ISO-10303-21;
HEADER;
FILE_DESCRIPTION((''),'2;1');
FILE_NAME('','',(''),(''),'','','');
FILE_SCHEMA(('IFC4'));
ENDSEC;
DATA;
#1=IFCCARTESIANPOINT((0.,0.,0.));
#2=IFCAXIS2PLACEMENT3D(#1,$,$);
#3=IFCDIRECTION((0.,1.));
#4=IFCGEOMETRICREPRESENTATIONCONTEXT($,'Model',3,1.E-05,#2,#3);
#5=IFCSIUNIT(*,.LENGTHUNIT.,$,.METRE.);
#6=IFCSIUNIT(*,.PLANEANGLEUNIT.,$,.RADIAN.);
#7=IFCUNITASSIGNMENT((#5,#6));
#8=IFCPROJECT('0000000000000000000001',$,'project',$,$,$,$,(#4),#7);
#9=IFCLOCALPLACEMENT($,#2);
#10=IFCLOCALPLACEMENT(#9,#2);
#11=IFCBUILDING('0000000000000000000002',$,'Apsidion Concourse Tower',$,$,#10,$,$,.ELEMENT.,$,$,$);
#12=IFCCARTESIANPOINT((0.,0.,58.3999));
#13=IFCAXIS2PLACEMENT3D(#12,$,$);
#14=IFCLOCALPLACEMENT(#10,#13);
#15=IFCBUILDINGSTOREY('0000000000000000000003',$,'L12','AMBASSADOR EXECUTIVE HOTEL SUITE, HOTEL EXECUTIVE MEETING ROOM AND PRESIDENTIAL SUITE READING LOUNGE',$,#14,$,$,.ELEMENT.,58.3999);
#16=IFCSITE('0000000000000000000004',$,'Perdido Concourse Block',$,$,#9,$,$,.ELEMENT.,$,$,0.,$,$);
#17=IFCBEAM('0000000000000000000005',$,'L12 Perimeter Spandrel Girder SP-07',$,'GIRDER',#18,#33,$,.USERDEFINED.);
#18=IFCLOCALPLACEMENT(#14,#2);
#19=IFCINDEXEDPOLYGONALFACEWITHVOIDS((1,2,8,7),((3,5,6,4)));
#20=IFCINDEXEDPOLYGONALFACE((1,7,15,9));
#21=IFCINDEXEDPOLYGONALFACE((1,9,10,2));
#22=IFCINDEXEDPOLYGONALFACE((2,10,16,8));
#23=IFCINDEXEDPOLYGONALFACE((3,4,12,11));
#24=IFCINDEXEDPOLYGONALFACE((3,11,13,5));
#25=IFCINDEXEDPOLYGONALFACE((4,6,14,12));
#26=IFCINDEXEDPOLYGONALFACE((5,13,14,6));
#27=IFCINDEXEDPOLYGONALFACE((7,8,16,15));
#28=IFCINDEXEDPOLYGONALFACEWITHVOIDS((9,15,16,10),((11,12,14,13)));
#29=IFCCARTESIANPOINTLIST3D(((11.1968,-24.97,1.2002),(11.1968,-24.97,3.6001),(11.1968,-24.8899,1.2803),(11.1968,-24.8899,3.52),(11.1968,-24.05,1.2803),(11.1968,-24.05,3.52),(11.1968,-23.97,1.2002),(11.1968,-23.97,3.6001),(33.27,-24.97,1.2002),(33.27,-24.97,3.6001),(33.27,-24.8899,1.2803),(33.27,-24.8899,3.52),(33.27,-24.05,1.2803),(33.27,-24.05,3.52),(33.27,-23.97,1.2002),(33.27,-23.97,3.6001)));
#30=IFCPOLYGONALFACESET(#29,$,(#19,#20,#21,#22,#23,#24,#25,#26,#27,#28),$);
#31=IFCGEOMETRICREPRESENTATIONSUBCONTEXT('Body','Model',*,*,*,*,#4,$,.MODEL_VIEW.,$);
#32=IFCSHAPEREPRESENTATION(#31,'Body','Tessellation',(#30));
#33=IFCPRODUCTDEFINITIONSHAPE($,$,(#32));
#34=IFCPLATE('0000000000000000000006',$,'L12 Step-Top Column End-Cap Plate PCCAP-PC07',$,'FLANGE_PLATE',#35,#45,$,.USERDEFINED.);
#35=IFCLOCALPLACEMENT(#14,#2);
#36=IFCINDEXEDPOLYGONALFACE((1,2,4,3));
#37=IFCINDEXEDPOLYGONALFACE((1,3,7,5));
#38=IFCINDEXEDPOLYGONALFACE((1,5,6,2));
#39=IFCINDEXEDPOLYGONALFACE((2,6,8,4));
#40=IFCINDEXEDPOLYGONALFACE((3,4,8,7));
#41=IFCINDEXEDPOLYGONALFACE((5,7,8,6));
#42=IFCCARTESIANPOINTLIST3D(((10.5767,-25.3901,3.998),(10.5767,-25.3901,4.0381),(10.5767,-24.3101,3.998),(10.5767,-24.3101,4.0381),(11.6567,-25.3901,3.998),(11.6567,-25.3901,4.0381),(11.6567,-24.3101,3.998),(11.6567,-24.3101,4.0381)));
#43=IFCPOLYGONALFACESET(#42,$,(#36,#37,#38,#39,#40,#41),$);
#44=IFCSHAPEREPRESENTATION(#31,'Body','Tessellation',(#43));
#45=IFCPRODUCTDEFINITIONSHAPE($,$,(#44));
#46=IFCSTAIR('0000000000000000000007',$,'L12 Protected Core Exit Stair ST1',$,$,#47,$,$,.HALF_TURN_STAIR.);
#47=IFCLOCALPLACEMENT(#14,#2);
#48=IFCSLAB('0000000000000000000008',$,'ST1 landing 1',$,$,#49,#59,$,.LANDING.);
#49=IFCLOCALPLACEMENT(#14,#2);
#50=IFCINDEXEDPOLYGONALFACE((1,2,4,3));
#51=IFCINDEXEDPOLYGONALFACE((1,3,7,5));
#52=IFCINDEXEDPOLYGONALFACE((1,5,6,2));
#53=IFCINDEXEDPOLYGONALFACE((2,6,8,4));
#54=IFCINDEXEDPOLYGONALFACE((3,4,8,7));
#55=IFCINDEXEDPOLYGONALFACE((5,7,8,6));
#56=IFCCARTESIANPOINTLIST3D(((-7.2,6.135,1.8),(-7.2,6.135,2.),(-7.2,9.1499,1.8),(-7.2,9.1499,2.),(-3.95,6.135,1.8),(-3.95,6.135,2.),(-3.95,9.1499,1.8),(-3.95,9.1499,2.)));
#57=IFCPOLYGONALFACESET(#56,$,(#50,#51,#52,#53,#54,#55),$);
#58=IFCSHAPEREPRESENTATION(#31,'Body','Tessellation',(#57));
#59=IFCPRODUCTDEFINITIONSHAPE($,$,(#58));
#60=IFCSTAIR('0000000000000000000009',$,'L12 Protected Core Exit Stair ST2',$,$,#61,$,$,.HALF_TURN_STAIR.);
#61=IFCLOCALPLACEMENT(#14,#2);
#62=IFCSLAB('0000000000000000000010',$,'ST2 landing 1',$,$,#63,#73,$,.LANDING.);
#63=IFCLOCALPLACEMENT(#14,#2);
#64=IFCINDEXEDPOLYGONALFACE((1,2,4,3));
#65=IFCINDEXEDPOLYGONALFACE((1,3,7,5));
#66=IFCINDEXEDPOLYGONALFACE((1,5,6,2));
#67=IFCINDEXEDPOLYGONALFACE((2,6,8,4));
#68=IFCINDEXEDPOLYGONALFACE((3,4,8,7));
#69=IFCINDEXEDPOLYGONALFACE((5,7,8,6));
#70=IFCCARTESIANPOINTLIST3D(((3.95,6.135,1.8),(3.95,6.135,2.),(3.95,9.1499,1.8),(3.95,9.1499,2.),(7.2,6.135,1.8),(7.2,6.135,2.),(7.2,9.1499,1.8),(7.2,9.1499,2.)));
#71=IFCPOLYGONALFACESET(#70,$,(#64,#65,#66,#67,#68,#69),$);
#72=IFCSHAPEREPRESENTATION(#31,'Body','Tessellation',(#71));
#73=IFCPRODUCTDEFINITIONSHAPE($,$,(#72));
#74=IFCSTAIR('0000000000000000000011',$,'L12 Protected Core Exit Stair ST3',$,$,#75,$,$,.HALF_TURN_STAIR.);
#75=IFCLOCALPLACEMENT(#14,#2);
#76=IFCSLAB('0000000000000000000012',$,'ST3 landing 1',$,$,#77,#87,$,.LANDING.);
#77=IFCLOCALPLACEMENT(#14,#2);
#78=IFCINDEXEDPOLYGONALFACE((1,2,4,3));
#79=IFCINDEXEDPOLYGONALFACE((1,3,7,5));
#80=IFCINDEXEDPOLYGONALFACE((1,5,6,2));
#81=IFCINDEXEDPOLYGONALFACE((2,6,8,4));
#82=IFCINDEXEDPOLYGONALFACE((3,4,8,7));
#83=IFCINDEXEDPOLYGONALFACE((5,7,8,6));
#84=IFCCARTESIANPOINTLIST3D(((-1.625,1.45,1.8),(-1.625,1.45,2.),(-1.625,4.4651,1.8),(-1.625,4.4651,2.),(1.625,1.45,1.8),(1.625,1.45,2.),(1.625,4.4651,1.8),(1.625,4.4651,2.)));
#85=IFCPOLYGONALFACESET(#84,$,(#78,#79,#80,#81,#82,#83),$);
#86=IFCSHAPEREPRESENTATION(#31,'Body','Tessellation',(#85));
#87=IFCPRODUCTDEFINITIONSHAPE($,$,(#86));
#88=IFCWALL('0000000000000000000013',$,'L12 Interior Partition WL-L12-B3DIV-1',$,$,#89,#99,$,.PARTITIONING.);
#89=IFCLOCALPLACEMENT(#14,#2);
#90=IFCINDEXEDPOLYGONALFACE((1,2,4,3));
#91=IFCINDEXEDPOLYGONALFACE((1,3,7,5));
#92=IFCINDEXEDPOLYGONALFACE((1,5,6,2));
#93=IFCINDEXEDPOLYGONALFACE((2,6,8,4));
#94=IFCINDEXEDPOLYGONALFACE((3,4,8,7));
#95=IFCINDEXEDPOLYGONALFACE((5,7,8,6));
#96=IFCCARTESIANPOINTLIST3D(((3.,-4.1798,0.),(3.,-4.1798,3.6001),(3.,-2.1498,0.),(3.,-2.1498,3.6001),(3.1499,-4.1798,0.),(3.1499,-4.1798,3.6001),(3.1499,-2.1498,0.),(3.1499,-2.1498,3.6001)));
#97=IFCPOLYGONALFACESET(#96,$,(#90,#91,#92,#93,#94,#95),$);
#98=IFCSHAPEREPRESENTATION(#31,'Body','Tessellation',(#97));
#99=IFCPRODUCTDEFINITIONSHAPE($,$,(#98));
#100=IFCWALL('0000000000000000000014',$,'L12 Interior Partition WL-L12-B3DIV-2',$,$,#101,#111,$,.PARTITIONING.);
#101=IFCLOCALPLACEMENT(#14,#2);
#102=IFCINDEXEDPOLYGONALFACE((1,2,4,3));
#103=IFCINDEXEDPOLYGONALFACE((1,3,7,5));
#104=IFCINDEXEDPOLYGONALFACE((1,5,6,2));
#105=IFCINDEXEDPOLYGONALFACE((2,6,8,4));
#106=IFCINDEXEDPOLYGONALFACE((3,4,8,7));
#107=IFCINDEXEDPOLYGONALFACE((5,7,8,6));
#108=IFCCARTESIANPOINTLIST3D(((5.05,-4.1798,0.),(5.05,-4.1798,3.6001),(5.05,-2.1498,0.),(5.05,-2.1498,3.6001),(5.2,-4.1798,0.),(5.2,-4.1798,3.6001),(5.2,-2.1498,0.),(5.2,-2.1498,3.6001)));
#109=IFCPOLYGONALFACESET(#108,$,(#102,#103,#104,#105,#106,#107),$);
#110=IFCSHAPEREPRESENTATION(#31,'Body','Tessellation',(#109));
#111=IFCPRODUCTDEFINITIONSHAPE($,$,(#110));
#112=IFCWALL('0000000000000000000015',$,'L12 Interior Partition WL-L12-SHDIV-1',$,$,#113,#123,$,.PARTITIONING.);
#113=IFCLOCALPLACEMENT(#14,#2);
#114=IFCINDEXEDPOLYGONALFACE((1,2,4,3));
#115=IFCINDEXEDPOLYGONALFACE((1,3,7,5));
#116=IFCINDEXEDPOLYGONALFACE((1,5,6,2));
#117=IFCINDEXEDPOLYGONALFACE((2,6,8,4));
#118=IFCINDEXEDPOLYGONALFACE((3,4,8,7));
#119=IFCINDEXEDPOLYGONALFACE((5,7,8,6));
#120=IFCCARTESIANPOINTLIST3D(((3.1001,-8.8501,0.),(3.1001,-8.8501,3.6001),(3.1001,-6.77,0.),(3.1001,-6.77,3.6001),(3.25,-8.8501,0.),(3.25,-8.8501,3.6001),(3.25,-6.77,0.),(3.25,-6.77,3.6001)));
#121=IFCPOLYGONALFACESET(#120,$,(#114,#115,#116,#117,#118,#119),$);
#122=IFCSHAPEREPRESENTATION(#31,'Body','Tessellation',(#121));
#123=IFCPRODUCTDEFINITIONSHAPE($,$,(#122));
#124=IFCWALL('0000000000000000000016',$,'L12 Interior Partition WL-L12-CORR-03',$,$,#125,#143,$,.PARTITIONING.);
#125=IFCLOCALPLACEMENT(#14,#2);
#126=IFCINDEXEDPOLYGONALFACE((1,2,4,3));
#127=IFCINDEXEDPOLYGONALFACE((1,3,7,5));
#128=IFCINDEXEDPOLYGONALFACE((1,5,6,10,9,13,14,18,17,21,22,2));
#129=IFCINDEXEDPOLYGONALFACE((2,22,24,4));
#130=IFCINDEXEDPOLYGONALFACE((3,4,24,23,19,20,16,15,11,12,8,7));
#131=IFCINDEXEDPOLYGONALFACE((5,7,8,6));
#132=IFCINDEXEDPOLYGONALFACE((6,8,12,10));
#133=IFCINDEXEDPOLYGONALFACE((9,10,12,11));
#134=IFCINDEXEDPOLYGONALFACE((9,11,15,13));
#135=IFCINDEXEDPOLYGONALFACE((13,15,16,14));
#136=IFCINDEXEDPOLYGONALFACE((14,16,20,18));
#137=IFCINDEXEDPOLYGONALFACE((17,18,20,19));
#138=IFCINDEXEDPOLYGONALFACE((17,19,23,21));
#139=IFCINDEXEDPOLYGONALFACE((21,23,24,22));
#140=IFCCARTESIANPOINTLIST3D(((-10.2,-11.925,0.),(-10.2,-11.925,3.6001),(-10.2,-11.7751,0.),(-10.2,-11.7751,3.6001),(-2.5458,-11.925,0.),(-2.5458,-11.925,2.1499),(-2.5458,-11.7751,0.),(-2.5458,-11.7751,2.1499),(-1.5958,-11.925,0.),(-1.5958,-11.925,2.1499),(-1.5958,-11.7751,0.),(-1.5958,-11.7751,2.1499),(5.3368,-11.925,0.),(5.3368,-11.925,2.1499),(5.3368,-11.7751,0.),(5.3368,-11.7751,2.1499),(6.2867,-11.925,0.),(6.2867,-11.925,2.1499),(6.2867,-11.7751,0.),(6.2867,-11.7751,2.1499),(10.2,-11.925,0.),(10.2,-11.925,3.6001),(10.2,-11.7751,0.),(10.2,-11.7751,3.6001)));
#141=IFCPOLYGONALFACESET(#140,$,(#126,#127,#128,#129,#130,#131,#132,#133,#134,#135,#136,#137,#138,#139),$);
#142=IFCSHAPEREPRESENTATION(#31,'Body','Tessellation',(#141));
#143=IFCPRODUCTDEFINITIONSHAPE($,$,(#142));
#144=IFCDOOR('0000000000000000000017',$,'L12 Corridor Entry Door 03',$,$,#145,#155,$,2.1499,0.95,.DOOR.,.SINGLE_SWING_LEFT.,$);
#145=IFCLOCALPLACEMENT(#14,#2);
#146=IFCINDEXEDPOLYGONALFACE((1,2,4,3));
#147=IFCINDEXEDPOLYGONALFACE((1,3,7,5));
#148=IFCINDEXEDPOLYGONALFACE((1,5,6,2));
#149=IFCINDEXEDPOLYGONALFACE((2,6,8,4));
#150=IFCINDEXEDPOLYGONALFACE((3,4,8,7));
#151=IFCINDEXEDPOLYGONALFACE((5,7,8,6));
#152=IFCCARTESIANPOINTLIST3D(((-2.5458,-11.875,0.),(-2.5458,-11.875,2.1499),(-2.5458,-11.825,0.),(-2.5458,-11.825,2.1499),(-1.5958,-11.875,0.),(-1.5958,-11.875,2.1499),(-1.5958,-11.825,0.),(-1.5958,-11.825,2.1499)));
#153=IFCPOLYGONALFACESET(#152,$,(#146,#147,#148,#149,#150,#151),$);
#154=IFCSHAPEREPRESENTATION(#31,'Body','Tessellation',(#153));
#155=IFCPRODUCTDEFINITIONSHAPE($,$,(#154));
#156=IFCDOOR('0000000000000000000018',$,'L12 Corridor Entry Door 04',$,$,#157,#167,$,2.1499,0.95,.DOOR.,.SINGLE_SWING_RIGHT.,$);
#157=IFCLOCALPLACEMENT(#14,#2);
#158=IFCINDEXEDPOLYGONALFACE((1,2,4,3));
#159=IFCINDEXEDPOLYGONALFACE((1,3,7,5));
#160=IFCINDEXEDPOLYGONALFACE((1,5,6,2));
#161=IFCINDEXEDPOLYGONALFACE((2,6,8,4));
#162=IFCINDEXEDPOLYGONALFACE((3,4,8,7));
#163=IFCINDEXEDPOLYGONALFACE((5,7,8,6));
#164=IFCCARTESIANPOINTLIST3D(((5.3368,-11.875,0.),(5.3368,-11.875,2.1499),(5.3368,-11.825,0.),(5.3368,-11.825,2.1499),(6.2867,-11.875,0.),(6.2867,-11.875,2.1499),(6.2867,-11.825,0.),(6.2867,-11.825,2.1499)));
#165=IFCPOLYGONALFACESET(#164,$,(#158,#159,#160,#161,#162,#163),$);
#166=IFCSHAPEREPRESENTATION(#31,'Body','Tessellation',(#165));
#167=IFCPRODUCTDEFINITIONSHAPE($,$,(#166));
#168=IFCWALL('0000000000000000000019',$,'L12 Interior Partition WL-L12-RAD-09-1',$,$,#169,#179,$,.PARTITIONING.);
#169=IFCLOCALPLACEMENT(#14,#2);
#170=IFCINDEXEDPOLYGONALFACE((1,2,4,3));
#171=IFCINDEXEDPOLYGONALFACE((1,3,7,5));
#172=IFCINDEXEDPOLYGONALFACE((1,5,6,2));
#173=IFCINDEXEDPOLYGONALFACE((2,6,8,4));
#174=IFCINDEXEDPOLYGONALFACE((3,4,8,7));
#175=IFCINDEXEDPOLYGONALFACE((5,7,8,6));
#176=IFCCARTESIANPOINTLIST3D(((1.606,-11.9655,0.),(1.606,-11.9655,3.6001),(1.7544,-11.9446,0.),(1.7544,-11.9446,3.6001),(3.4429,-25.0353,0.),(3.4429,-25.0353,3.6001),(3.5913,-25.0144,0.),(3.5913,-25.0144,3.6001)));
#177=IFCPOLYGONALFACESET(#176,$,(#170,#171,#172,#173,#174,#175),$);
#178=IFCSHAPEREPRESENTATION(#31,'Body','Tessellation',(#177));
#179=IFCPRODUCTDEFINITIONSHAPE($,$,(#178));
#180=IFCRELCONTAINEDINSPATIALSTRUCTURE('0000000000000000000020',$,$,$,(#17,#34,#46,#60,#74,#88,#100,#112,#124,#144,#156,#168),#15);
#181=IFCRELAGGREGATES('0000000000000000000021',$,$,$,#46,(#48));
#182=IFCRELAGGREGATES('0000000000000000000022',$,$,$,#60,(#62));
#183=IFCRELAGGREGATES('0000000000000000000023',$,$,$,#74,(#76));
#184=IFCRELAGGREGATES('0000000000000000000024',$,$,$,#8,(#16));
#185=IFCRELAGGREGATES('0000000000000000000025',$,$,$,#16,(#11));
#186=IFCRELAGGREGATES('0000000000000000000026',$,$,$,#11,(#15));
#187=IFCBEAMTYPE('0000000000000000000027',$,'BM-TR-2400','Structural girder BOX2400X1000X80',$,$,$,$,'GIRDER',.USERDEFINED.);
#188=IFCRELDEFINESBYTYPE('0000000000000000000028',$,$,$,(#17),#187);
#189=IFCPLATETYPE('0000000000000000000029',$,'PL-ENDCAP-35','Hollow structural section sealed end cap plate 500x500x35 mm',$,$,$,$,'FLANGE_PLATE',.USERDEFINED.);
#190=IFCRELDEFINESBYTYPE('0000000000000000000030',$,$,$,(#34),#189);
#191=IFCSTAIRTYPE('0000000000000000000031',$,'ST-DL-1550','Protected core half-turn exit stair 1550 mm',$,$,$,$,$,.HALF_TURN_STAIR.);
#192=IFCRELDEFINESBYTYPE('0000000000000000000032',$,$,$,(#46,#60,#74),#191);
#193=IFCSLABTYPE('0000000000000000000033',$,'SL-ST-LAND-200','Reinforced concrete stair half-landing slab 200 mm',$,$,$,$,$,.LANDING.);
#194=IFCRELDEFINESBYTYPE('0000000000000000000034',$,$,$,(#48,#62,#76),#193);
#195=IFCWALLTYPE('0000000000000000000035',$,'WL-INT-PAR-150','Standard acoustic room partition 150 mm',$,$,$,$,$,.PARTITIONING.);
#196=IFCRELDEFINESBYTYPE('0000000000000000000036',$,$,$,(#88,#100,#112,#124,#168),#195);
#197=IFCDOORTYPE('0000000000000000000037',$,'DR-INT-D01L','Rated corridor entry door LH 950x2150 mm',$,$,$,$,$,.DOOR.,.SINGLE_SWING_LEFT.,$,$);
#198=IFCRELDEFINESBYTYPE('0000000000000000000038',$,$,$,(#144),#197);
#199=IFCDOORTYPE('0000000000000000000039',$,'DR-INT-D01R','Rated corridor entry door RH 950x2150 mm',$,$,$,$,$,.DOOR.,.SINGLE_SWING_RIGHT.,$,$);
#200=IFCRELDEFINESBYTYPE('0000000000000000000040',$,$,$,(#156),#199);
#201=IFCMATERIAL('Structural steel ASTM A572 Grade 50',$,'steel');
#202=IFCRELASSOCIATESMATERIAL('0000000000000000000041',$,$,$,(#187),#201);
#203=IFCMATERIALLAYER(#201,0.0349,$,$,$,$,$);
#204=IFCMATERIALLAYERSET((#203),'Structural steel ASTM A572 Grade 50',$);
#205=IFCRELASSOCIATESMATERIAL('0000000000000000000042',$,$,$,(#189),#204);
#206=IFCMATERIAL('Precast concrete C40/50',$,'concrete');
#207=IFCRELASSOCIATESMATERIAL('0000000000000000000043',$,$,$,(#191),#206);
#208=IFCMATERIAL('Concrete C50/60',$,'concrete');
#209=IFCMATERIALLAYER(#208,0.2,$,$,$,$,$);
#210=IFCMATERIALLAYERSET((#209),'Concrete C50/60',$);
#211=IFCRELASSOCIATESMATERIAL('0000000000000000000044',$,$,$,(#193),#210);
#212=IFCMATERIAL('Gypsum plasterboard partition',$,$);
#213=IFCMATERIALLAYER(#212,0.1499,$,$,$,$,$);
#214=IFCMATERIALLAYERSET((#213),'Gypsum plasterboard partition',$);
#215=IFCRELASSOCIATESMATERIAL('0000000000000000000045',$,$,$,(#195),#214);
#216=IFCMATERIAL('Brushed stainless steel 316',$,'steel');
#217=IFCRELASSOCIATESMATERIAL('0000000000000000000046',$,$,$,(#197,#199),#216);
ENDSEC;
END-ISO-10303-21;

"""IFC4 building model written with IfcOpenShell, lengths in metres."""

from ifc_helpers import new_model, si_unit, direction, frame, frame_2d, origin, origin_2d, place, context, subcontext, project, spatial, polyline, rectangle, hollow_rectangle, outline, extrude, material, layer, layer_set, material_profile, profile_set, type_object, element, fill, aggregate, save


model = new_model("IFC4")

# Units and contexts
model_context = context("Model", 3, precision=1e-05, world=origin(), true_north=direction((0.0, 1.0)))
body_context = subcontext(model_context, "Body", "Model", "MODEL_VIEW")
ifc_project = project(units=[si_unit("LENGTHUNIT", "METRE"), si_unit("PLANEANGLEUNIT", "RADIAN")], contexts=[model_context])

# Site, building, storey
site_placement = place(None, origin())
site = spatial("IfcSite", under=ifc_project, at=site_placement, Name="Perdido Concourse Block", CompositionType="ELEMENT", RefElevation=0.0)
building_placement = place(site_placement, origin())
building = spatial("IfcBuilding", under=site, at=building_placement, Name="Apsidion Concourse Tower", CompositionType="ELEMENT")
storey_placement = place(building_placement, frame((0.0, 0.0, 58.3999)))
storey = spatial("IfcBuildingStorey", under=building, at=storey_placement, Name="L12", Description="AMBASSADOR EXECUTIVE HOTEL SUITE, HOTEL EXECUTIVE MEETING ROOM AND PRESIDENTIAL SUITE READING LOUNGE", CompositionType="ELEMENT", Elevation=58.3999)

# Shared definitions
ifc_material_1 = material(Name="Structural steel ASTM A572 Grade 50", Category="steel")
ifc_material_2 = material(Name="Concrete C50/60", Category="concrete")

# Beam
ifc_material_profile_1 = material_profile(ifc_material_1, hollow_rectangle(XDim=1.0, YDim=2.3999, WallThickness=0.0801, at=origin_2d()), Name="BOX2400X1000X80")
ifc_profile_set_1 = profile_set([ifc_material_profile_1], Name="Structural steel ASTM A572 Grade 50")
beam_type_1 = type_object("IfcBeamType", Name="BM-TR-2400", Description="Structural girder BOX2400X1000X80", ElementType="GIRDER", PredefinedType="USERDEFINED", material=ifc_profile_set_1)
beam_1_placement = place(storey_placement, frame((11.1968, -24.47, 2.4001), z_axis=(1.0, 0.0, 0.0), x_axis=(0.0, 1.0, 0.0)))
element("IfcBeam", 1, at=beam_1_placement, inside=storey, type_object=beam_type_1, Name="L12 Perimeter Spandrel Girder SP-07", ObjectType="GIRDER", PredefinedType="USERDEFINED", context=body_context, shape_type="SweptSolid", body=[
    extrude(hollow_rectangle(XDim=1.0, YDim=2.3999, WallThickness=0.0801, at=origin_2d()), origin(), (0.0, 0.0, 1.0), 22.0732),
])

# Plate
ifc_layer_1 = layer(ifc_material_1, 0.0349)
ifc_layer_set_1 = layer_set([ifc_layer_1], Name="Structural steel ASTM A572 Grade 50")
plate_type = type_object("IfcPlateType", Name="PL-ENDCAP-35", Description="Hollow structural section sealed end cap plate 500x500x35 mm", ElementType="FLANGE_PLATE", PredefinedType="USERDEFINED", material=ifc_layer_set_1)
plate_placement = place(storey_placement, frame((11.1167, -24.8501, 3.998), z_axis=(0.0, 0.0, 1.0), x_axis=(1.0, 0.0, 0.0)))
element("IfcPlate", 2, at=plate_placement, inside=storey, type_object=plate_type, Name="L12 Step-Top Column End-Cap Plate PCCAP-PC07", ObjectType="FLANGE_PLATE", PredefinedType="USERDEFINED", context=body_context, shape_type="SweptSolid", body=[
    extrude(rectangle(XDim=1.0801, YDim=1.0801, at=origin_2d()), origin(), (0.0, 0.0, 1.0), 0.04),
])

# Stairs, slabs
ifc_material_3 = material(Name="Precast concrete C40/50", Category="concrete")
stair_type = type_object("IfcStairType", Name="ST-DL-1550", Description="Protected core half-turn exit stair 1550 mm", PredefinedType="HALF_TURN_STAIR", material=ifc_material_3)
stair_1_placement = place(storey_placement, origin())
stair_1 = element("IfcStair", 3, at=stair_1_placement, inside=storey, type_object=stair_type, Name="L12 Protected Core Exit Stair ST1", PredefinedType="HALF_TURN_STAIR")
ifc_layer_2 = layer(ifc_material_2, 0.2)
ifc_layer_set_2 = layer_set([ifc_layer_2], Name="Concrete C50/60")
slab_type = type_object("IfcSlabType", Name="SL-ST-LAND-200", Description="Reinforced concrete stair half-landing slab 200 mm", PredefinedType="LANDING", material=ifc_layer_set_2)
slab_1_placement = place(storey_placement, frame((0.0, 0.0, 1.8)))
slab_1 = element("IfcSlab", 4, at=slab_1_placement, type_object=slab_type, Name="ST1 landing 1", PredefinedType="LANDING", context=body_context, shape_type="SweptSolid", body=[
    extrude(outline(polyline([(-3.95, 6.135), (-3.95, 9.1499), (-7.2, 9.1499), (-7.2, 6.135), (-3.95, 6.135)])), origin(), (0.0, 0.0, 1.0), 0.2),
])
aggregate(stair_1, [slab_1])
stair_2_placement = place(storey_placement, origin())
stair_2 = element("IfcStair", 5, at=stair_2_placement, inside=storey, type_object=stair_type, Name="L12 Protected Core Exit Stair ST2", PredefinedType="HALF_TURN_STAIR")
slab_2_placement = place(storey_placement, frame((0.0, 0.0, 1.8)))
slab_2 = element("IfcSlab", 6, at=slab_2_placement, type_object=slab_type, Name="ST2 landing 1", PredefinedType="LANDING", context=body_context, shape_type="SweptSolid", body=[
    extrude(outline(polyline([(7.2, 6.135), (7.2, 9.1499), (3.95, 9.1499), (3.95, 6.135), (7.2, 6.135)])), origin(), (0.0, 0.0, 1.0), 0.2),
])
aggregate(stair_2, [slab_2])
stair_3_placement = place(storey_placement, origin())
stair_3 = element("IfcStair", 7, at=stair_3_placement, inside=storey, type_object=stair_type, Name="L12 Protected Core Exit Stair ST3", PredefinedType="HALF_TURN_STAIR")
slab_3_placement = place(storey_placement, frame((0.0, 0.0, 1.8)))
slab_3 = element("IfcSlab", 8, at=slab_3_placement, type_object=slab_type, Name="ST3 landing 1", PredefinedType="LANDING", context=body_context, shape_type="SweptSolid", body=[
    extrude(outline(polyline([(-1.625, 4.4651), (-1.625, 1.45), (1.625, 1.45), (1.625, 4.4651), (-1.625, 4.4651)])), origin(), (0.0, 0.0, 1.0), 0.2),
])
aggregate(stair_3, [slab_3])

# Walls
ifc_material_4 = material(Name="Gypsum plasterboard partition")
ifc_layer_3 = layer(ifc_material_4, 0.1499)
ifc_layer_set_3 = layer_set([ifc_layer_3], Name="Gypsum plasterboard partition")
wall_type_1 = type_object("IfcWallType", Name="WL-INT-PAR-150", Description="Standard acoustic room partition 150 mm", PredefinedType="PARTITIONING", material=ifc_layer_set_3)
for number, where, z_axis, x_axis, name in (
    (9, (3.075, -4.1799, 0.0), (0.0, 0.0, 1.0), (0.0, 1.0, 0.0), "L12 Interior Partition WL-L12-B3DIV-1"),
    (10, (5.125, -4.1799, 0.0), (0.0, 0.0, 1.0), (0.0, 1.0, 0.0), "L12 Interior Partition WL-L12-B3DIV-2"),
):
    element("IfcWall", number, at=place(storey_placement, frame(where, z_axis=z_axis, x_axis=x_axis)), inside=storey, type_object=wall_type_1, Name=name, PredefinedType="PARTITIONING", context=body_context, shape_type="SweptSolid", body=[
        extrude(rectangle(XDim=2.03, YDim=0.1499, at=frame_2d((1.0151, 0.0))), origin(), (0.0, 0.0, 1.0), 3.6001),
    ])
wall_1_placement = place(storey_placement, frame((3.175, -8.8501, 0.0), z_axis=(0.0, 0.0, 1.0), x_axis=(0.0, 1.0, 0.0)))
element("IfcWall", 11, at=wall_1_placement, inside=storey, type_object=wall_type_1, Name="L12 Interior Partition WL-L12-SHDIV-1", PredefinedType="PARTITIONING", context=body_context, shape_type="SweptSolid", body=[
    extrude(rectangle(XDim=2.0801, YDim=0.1499, at=frame_2d((1.04, 0.0))), origin(), (0.0, 0.0, 1.0), 3.6001),
])

# Wall, openings, doors
wall_2_placement = place(storey_placement, frame((10.2, -11.8501, 0.0), z_axis=(0.0, 0.0, 1.0), x_axis=(-1.0, 0.0, 0.0)))
wall_2 = element("IfcWall", 12, at=wall_2_placement, inside=storey, type_object=wall_type_1, Name="L12 Interior Partition WL-L12-CORR-03", PredefinedType="PARTITIONING", context=body_context, shape_type="SweptSolid", body=[
    extrude(rectangle(XDim=20.3999, YDim=0.1499, at=frame_2d((10.2, 0.0))), origin(), (0.0, 0.0, 1.0), 3.6001),
])
opening_1_placement = place(wall_2_placement, frame((11.7957, 0.0, 0.0)))
opening_1 = element("IfcOpeningElement", 13, at=opening_1_placement, cuts=wall_2, PredefinedType="OPENING", context=body_context, shape_type="SweptSolid", body=[
    extrude(rectangle(XDim=0.95, YDim=2.1499, at=frame_2d((0.4751, 1.075))), frame((0.0, 0.085, 0.0), z_axis=(0.0, -1.0, 0.0), x_axis=(1.0, 0.0, 0.0)), (0.0, 0.0, 1.0), 0.1699),
])
opening_2_placement = place(wall_2_placement, frame((3.9131, 0.0, 0.0)))
opening_2 = element("IfcOpeningElement", 14, at=opening_2_placement, cuts=wall_2, PredefinedType="OPENING", context=body_context, shape_type="SweptSolid", body=[
    extrude(rectangle(XDim=0.95, YDim=2.1499, at=frame_2d((0.4751, 1.075))), frame((0.0, 0.085, 0.0), z_axis=(0.0, -1.0, 0.0), x_axis=(1.0, 0.0, 0.0)), (0.0, 0.0, 1.0), 0.1699),
])
ifc_material_5 = material(Name="Brushed stainless steel 316", Category="steel")
door_type_1 = type_object("IfcDoorType", Name="DR-INT-D01L", Description="Rated corridor entry door LH 950x2150 mm", OperationType="SINGLE_SWING_LEFT", PredefinedType="DOOR", material=ifc_material_5)
door_1_placement = place(opening_1_placement, origin())
door_1 = element("IfcDoor", 15, at=door_1_placement, inside=storey, type_object=door_type_1, Name="L12 Corridor Entry Door 03", OperationType="SINGLE_SWING_LEFT", OverallHeight=2.1499, OverallWidth=0.95, PredefinedType="DOOR", context=body_context, shape_type="SweptSolid", body=[
    extrude(rectangle(XDim=0.95, YDim=2.1499, at=frame_2d((0.4751, 1.075))), frame((0.0, 0.0249, 0.0), z_axis=(0.0, -1.0, 0.0), x_axis=(1.0, 0.0, 0.0)), (0.0, 0.0, 1.0), 0.05),
])
fill(opening_1, door_1)
door_type_2 = type_object("IfcDoorType", Name="DR-INT-D01R", Description="Rated corridor entry door RH 950x2150 mm", OperationType="SINGLE_SWING_RIGHT", PredefinedType="DOOR", material=ifc_material_5)
door_2_placement = place(opening_2_placement, origin())
door_2 = element("IfcDoor", 16, at=door_2_placement, inside=storey, type_object=door_type_2, Name="L12 Corridor Entry Door 04", OperationType="SINGLE_SWING_RIGHT", OverallHeight=2.1499, OverallWidth=0.95, PredefinedType="DOOR", context=body_context, shape_type="SweptSolid", body=[
    extrude(rectangle(XDim=0.95, YDim=2.1499, at=frame_2d((0.4751, 1.075))), frame((0.0, 0.0249, 0.0), z_axis=(0.0, -1.0, 0.0), x_axis=(1.0, 0.0, 0.0)), (0.0, 0.0, 1.0), 0.05),
])
fill(opening_2, door_2)

# Wall
wall_3_placement = place(storey_placement, frame((1.6802, -11.9551, 0.0), z_axis=(0.0, 0.0, 1.0), x_axis=(0.139178, -0.990267, 0.0)))
element("IfcWall", 17, at=wall_3_placement, inside=storey, type_object=wall_type_1, Name="L12 Interior Partition WL-L12-RAD-09-1", PredefinedType="PARTITIONING", context=body_context, shape_type="SweptSolid", body=[
    extrude(rectangle(XDim=13.1982, YDim=0.1499, at=frame_2d((6.5991, 0.0))), origin(), (0.0, 0.0, 1.0), 3.6001),
])

save(model, "model.ifc")
